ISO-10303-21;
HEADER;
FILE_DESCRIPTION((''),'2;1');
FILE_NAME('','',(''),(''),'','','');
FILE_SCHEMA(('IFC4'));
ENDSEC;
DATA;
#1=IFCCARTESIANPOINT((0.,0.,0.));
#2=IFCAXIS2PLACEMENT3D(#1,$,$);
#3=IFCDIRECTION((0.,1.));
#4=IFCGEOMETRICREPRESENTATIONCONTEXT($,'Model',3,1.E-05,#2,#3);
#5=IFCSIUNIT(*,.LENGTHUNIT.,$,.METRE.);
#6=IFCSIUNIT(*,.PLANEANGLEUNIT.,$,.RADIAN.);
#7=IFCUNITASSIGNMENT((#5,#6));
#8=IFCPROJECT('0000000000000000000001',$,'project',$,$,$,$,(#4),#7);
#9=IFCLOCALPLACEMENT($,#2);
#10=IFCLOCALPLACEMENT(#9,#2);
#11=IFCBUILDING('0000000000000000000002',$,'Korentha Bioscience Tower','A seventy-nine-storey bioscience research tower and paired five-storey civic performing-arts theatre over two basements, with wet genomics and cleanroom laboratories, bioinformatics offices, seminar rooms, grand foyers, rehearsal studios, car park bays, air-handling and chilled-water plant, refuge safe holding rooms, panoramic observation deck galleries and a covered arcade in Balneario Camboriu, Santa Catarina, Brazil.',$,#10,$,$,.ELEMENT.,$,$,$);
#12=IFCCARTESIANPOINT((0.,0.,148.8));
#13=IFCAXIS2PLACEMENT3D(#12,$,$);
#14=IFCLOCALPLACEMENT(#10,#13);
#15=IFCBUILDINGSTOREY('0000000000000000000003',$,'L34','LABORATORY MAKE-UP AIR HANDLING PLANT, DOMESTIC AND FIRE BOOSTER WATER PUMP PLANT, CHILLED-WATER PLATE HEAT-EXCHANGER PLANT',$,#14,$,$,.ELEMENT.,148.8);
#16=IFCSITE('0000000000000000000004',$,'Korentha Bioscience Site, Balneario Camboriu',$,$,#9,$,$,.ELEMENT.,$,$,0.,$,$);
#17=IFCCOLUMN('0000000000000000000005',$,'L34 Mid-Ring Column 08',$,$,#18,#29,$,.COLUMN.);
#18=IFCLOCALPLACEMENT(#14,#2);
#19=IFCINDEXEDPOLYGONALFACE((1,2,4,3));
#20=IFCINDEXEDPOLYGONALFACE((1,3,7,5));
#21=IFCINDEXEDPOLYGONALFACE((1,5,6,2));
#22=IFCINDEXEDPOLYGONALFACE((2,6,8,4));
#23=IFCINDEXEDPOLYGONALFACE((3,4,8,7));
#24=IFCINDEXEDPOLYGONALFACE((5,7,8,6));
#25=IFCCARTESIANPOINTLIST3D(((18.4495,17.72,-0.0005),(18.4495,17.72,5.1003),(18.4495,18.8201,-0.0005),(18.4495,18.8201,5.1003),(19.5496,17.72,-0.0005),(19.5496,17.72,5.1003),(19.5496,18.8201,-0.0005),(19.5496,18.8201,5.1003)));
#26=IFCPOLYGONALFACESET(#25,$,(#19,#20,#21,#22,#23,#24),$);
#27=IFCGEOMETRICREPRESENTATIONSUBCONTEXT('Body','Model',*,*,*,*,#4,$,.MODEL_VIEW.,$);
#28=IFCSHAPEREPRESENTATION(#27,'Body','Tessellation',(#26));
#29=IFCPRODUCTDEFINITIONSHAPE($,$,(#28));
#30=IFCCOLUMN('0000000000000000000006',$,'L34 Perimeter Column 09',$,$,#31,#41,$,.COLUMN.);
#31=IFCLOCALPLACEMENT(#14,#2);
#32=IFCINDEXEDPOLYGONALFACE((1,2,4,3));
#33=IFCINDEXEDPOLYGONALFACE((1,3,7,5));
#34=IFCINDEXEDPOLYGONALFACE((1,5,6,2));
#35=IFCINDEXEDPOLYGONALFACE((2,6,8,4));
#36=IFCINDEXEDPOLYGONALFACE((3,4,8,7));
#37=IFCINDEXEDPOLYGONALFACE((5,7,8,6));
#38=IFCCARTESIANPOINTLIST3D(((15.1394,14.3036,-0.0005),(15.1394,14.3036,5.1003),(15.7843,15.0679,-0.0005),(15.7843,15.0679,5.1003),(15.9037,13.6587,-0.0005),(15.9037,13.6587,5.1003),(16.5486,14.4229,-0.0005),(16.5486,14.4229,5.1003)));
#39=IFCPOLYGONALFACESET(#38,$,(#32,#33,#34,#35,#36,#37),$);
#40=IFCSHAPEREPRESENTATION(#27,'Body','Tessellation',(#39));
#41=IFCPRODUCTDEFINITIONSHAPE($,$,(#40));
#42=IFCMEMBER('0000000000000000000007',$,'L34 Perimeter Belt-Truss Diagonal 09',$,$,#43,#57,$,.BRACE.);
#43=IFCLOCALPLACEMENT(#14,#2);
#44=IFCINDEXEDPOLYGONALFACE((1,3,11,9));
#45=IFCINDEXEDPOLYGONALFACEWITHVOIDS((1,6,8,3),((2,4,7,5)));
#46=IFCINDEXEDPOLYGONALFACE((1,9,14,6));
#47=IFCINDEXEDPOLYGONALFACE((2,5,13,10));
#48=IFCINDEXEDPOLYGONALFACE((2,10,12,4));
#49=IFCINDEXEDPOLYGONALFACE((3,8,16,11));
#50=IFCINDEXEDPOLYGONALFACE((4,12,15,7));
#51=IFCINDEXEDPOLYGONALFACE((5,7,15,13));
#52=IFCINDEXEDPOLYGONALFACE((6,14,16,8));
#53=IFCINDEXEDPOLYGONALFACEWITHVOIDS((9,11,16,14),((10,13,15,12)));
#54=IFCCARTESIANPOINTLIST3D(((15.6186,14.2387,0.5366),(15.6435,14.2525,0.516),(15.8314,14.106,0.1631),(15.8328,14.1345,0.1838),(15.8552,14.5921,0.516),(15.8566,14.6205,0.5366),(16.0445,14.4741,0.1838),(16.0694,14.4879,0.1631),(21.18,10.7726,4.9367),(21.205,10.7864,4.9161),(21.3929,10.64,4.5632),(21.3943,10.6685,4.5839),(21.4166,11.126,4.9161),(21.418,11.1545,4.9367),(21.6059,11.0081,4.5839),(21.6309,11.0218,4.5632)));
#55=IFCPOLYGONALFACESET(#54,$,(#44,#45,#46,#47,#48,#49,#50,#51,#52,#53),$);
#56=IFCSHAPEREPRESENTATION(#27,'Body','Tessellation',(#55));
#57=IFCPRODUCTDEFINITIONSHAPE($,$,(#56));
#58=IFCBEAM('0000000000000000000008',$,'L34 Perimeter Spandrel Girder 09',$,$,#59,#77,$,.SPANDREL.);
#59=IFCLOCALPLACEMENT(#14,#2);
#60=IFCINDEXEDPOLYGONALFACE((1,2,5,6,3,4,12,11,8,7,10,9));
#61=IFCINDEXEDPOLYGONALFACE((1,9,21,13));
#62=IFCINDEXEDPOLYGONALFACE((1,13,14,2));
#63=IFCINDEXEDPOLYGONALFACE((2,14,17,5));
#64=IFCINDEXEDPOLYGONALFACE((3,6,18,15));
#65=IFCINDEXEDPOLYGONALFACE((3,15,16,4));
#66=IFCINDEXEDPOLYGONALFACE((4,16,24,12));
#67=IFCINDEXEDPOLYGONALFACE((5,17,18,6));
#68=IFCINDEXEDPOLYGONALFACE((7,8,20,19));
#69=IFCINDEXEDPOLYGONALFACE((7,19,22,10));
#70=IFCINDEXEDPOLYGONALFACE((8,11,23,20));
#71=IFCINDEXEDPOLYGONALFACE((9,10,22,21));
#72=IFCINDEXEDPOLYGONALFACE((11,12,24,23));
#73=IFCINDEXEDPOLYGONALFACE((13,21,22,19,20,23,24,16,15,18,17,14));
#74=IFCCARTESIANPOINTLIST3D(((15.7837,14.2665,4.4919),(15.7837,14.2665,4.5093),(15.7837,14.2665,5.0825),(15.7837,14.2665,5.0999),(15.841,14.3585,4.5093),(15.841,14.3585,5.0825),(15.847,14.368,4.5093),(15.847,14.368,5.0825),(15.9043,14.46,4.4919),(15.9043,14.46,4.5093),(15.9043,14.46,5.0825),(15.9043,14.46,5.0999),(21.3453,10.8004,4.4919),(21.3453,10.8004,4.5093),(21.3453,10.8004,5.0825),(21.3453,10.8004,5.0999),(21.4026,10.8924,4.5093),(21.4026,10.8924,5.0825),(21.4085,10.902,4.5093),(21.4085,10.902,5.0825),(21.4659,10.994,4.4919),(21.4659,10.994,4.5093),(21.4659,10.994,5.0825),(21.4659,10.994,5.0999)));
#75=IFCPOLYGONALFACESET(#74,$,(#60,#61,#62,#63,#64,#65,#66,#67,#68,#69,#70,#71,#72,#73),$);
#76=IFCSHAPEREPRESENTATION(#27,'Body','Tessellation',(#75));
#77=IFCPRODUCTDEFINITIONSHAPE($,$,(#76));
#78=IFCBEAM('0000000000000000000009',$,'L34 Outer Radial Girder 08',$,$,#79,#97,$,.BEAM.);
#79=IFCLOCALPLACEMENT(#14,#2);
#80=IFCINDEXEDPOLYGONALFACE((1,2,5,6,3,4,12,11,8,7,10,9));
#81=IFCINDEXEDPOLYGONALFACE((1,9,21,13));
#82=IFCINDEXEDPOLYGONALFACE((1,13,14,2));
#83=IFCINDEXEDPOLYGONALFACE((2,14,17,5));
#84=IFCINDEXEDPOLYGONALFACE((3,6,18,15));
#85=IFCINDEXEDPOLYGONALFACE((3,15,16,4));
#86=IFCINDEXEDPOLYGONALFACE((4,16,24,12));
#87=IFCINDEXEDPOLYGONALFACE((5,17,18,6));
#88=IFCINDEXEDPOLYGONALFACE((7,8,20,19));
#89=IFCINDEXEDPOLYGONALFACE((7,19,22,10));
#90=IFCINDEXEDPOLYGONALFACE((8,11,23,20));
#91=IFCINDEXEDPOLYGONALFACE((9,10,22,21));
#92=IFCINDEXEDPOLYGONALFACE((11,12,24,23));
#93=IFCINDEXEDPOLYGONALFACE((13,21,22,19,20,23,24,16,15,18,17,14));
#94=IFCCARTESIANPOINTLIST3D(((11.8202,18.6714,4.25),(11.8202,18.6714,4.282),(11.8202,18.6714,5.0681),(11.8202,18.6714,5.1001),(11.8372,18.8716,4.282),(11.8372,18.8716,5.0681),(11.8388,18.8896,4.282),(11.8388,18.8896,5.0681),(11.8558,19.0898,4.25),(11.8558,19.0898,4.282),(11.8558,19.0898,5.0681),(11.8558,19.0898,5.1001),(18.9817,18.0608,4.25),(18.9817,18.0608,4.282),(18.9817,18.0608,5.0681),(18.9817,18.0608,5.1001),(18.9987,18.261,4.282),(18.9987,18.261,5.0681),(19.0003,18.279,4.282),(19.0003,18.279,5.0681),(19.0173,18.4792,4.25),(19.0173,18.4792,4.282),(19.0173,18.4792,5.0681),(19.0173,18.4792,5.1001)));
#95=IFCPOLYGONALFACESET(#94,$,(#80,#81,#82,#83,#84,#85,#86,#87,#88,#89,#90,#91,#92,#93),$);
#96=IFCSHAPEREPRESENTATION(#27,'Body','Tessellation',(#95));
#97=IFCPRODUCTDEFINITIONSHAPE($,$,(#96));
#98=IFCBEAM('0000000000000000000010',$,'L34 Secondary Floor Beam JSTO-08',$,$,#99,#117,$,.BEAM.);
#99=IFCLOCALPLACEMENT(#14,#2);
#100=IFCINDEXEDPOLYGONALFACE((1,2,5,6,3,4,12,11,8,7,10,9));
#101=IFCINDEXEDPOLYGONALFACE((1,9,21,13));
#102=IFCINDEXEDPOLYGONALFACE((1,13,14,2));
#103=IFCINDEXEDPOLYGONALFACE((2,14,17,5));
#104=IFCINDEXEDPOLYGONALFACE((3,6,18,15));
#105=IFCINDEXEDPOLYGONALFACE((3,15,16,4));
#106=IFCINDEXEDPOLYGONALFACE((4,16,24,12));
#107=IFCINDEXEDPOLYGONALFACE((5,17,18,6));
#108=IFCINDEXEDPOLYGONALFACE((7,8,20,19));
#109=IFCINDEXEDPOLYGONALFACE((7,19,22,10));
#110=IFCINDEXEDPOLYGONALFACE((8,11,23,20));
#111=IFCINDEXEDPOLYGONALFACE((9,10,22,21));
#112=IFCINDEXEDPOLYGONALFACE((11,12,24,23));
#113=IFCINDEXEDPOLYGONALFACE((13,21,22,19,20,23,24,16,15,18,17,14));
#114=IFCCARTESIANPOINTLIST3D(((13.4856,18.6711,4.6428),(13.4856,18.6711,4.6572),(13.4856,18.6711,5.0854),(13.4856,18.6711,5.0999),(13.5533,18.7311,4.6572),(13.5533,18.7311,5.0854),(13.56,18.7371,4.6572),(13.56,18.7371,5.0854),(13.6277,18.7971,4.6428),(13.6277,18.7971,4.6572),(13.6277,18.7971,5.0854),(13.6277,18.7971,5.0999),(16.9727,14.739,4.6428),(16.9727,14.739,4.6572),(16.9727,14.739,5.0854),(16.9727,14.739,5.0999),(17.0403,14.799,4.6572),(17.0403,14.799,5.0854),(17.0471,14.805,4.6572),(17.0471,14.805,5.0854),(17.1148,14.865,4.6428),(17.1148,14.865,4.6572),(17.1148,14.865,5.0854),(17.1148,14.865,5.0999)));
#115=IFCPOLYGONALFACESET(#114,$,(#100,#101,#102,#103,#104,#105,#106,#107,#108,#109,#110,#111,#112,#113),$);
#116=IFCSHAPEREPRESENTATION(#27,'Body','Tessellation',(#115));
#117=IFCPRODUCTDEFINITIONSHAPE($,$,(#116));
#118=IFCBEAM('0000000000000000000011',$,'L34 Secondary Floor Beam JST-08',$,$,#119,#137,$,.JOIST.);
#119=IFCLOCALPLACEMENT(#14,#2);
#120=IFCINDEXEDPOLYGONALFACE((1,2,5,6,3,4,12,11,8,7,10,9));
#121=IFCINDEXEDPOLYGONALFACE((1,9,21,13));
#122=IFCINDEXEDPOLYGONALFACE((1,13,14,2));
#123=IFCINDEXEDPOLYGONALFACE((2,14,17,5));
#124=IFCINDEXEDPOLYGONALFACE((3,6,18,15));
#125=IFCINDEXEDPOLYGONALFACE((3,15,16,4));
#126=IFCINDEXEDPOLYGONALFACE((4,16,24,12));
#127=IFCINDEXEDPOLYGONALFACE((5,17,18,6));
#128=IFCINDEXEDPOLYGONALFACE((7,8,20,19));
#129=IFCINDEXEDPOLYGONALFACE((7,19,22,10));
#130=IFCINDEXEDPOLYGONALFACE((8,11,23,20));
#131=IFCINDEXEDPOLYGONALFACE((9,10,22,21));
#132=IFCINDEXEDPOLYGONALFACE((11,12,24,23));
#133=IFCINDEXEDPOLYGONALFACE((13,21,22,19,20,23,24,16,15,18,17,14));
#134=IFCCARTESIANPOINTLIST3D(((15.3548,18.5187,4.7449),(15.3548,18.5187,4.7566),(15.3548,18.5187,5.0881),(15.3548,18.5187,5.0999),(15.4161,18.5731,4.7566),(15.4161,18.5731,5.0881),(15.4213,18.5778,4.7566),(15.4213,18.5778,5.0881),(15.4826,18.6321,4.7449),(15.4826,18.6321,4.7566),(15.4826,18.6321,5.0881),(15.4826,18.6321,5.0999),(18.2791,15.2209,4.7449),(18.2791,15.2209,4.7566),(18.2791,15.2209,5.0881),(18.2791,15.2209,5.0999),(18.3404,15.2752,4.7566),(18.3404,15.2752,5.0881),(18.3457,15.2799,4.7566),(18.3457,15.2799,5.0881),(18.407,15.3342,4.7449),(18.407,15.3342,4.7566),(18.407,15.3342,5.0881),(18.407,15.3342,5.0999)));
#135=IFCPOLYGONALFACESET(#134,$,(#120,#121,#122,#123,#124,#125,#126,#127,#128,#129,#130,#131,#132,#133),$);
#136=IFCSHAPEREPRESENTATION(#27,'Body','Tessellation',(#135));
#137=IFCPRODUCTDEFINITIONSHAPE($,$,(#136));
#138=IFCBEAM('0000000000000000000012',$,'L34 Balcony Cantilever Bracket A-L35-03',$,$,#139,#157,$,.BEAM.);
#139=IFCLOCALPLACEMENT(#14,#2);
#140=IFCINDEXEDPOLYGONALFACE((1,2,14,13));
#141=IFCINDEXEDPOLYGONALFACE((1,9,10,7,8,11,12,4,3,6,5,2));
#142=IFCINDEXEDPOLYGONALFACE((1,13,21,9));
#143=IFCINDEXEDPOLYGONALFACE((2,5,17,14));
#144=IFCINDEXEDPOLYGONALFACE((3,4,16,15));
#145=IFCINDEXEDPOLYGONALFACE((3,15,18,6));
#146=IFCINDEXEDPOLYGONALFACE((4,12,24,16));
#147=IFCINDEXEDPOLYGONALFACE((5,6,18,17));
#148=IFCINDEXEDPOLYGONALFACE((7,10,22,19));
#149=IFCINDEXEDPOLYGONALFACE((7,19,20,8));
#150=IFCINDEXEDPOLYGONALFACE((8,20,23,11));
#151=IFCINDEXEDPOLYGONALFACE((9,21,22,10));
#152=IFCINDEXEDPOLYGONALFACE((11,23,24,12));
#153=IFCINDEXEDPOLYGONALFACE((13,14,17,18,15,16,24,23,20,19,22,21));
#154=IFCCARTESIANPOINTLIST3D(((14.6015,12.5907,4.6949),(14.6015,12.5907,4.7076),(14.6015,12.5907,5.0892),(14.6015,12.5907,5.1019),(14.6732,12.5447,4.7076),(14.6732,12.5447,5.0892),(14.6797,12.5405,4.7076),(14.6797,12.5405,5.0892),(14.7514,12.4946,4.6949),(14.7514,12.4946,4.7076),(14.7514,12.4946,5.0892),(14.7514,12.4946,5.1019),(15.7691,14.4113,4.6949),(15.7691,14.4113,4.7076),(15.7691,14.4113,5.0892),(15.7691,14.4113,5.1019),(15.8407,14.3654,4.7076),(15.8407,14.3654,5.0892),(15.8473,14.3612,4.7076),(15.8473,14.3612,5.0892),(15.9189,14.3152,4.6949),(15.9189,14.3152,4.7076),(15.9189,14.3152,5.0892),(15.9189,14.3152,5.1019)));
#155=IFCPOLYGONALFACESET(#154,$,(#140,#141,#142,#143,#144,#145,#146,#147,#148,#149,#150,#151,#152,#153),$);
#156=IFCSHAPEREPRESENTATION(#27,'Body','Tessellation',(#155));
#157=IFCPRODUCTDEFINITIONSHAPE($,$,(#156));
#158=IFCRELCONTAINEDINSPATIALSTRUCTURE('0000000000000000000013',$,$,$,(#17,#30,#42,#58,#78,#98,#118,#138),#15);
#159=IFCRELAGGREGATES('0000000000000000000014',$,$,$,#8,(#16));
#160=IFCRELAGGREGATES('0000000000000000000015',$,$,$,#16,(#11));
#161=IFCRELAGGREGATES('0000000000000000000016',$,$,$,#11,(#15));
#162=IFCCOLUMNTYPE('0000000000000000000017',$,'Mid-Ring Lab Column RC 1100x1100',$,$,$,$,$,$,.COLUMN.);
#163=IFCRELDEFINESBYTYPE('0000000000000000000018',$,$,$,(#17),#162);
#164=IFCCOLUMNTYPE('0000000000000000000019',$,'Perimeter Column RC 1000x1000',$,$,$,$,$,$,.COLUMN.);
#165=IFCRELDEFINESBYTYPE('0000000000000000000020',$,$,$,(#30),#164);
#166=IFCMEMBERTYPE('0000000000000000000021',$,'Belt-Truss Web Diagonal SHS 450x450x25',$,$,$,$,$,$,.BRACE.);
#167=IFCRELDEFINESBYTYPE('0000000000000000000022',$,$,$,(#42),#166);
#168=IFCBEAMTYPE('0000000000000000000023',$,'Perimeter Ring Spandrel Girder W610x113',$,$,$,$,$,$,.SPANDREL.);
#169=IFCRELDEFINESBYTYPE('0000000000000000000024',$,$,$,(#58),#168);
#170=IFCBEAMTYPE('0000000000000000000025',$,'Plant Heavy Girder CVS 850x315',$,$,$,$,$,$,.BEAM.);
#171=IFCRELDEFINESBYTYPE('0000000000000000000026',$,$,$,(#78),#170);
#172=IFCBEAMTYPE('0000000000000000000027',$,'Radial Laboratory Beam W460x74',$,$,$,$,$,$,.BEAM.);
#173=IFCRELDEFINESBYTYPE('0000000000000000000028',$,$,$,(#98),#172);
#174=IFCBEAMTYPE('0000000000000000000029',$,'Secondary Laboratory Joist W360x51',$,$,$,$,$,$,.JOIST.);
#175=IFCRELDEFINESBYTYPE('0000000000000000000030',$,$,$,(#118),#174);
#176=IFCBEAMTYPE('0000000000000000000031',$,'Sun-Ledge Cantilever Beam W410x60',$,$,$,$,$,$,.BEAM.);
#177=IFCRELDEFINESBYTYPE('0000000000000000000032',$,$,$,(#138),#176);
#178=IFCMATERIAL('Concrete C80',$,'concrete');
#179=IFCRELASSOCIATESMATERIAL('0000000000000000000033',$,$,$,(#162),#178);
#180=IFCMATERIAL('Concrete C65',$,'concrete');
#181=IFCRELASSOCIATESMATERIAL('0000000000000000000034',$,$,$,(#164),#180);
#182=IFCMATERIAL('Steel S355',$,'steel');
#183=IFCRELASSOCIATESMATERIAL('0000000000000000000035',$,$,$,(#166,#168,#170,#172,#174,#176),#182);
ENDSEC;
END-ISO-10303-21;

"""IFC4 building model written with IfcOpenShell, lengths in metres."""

from ifc_helpers import new_model, si_unit, direction, frame, origin, origin_2d, place, context, subcontext, project, spatial, rectangle, hollow_rectangle, i_section, extrude, material, material_profile, profile_set, type_object, element, save


model = new_model("IFC4")

# Units and contexts
model_context = context("Model", 3, precision=1e-05, world=origin(), true_north=direction((0.0, 1.0)))
body_context = subcontext(model_context, "Body", "Model", "MODEL_VIEW")
ifc_project = project(units=[si_unit("LENGTHUNIT", "METRE"), si_unit("PLANEANGLEUNIT", "RADIAN")], contexts=[model_context])

# Site, building, storey
site_placement = place(None, origin())
site = spatial("IfcSite", under=ifc_project, at=site_placement, Name="Korentha Bioscience Site, Balneario Camboriu", CompositionType="ELEMENT", RefElevation=0.0)
building_placement = place(site_placement, origin())
building = spatial("IfcBuilding", under=site, at=building_placement, Name="Korentha Bioscience Tower", Description="A seventy-nine-storey bioscience research tower and paired five-storey civic performing-arts theatre over two basements, with wet genomics and cleanroom laboratories, bioinformatics offices, seminar rooms, grand foyers, rehearsal studios, car park bays, air-handling and chilled-water plant, refuge safe holding rooms, panoramic observation deck galleries and a covered arcade in Balneario Camboriu, Santa Catarina, Brazil.", CompositionType="ELEMENT")
storey_placement = place(building_placement, frame((0.0, 0.0, 148.8)))
storey = spatial("IfcBuildingStorey", under=building, at=storey_placement, Name="L34", Description="LABORATORY MAKE-UP AIR HANDLING PLANT, DOMESTIC AND FIRE BOOSTER WATER PUMP PLANT, CHILLED-WATER PLATE HEAT-EXCHANGER PLANT", CompositionType="ELEMENT", Elevation=148.8)

# Columns
ifc_material_1 = material(Name="Concrete C80", Category="concrete")
ifc_material_profile_1 = material_profile(ifc_material_1, rectangle(XDim=1.1001, YDim=1.1001, at=origin_2d()), Name="Concrete C80")
ifc_profile_set_1 = profile_set([ifc_material_profile_1], Name="Concrete C80 (COL-MR11)")
column_type_1 = type_object("IfcColumnType", Name="Mid-Ring Lab Column RC 1100x1100", PredefinedType="COLUMN", material=ifc_profile_set_1)
column_1_placement = place(storey_placement, frame((18.9995, 18.27, -0.0005), z_axis=(0.0, 0.0, 1.0), x_axis=(1.0, 0.0, 0.0)))
element("IfcColumn", 1, at=column_1_placement, inside=storey, type_object=column_type_1, Name="L34 Mid-Ring Column 08", PredefinedType="COLUMN", context=body_context, shape_type="SweptSolid", body=[
    extrude(rectangle(XDim=1.1001, YDim=1.1001, at=origin_2d()), origin(), (0.0, 0.0, 1.0), 5.1008),
])
ifc_material_2 = material(Name="Concrete C65", Category="concrete")
ifc_material_profile_2 = material_profile(ifc_material_2, rectangle(XDim=1.0, YDim=1.0, at=origin_2d()), Name="Concrete C65")
ifc_profile_set_2 = profile_set([ifc_material_profile_2], Name="Concrete C65 (COL-P10)")
column_type_2 = type_object("IfcColumnType", Name="Perimeter Column RC 1000x1000", PredefinedType="COLUMN", material=ifc_profile_set_2)
column_2_placement = place(storey_placement, frame((15.844, 14.3633, -0.0005), z_axis=(0.0, 0.0, 1.0), x_axis=(-0.764246, 0.644924, 0.0)))
element("IfcColumn", 2, at=column_2_placement, inside=storey, type_object=column_type_2, Name="L34 Perimeter Column 09", PredefinedType="COLUMN", context=body_context, shape_type="SweptSolid", body=[
    extrude(rectangle(XDim=1.0, YDim=1.0, at=origin_2d()), origin(), (0.0, 0.0, 1.0), 5.1008),
])

# Member
ifc_material_3 = material(Name="Steel S355", Category="steel")
ifc_material_profile_3 = material_profile(ifc_material_3, hollow_rectangle(XDim=0.45, YDim=0.45, WallThickness=0.0249, at=origin_2d()), Name="Steel S355")
ifc_profile_set_3 = profile_set([ifc_material_profile_3], Name="Steel S355 (BT-D450)")
member_type = type_object("IfcMemberType", Name="Belt-Truss Web Diagonal SHS 450x450x25", PredefinedType="BRACE", material=ifc_profile_set_3)
member_placement = place(storey_placement, frame((15.844, 14.3633, 0.3499), z_axis=(0.704581, -0.43911, 0.557448), x_axis=(0.528913, 0.848676, 0.0)))
element("IfcMember", 3, at=member_placement, inside=storey, type_object=member_type, Name="L34 Perimeter Belt-Truss Diagonal 09", PredefinedType="BRACE", context=body_context, shape_type="SweptSolid", body=[
    extrude(hollow_rectangle(XDim=0.45, YDim=0.45, WallThickness=0.0249, at=origin_2d()), origin(), (0.0, 0.0, 1.0), 7.8933),
])

# Beams
ifc_material_profile_4 = material_profile(ifc_material_3, i_section(OverallWidth=0.228, OverallDepth=0.6079, WebThickness=0.0112, FlangeThickness=0.0173, at=origin_2d()), Name="Steel S355")
ifc_profile_set_4 = profile_set([ifc_material_profile_4], Name="Steel S355 (SB-610)")
beam_type_1 = type_object("IfcBeamType", Name="Perimeter Ring Spandrel Girder W610x113", PredefinedType="SPANDREL", material=ifc_profile_set_4)
beam_1_placement = place(storey_placement, frame((15.844, 14.3633, 4.7959), z_axis=(0.848676, -0.528913, 0.0), x_axis=(0.528913, 0.848676, 0.0)))
element("IfcBeam", 4, at=beam_1_placement, inside=storey, type_object=beam_type_1, Name="L34 Perimeter Spandrel Girder 09", PredefinedType="SPANDREL", context=body_context, shape_type="SweptSolid", body=[
    extrude(i_section(OverallWidth=0.228, OverallDepth=0.6079, WebThickness=0.0112, FlangeThickness=0.0173, at=origin_2d()), origin(), (0.0, 0.0, 1.0), 6.5532),
])
ifc_material_profile_5 = material_profile(ifc_material_3, i_section(OverallWidth=0.4199, OverallDepth=0.8501, WebThickness=0.0181, FlangeThickness=0.032, at=origin_2d()), Name="Steel S355")
ifc_profile_set_5 = profile_set([ifc_material_profile_5], Name="Steel S355 (MB-850)")
beam_type_2 = type_object("IfcBeamType", Name="Plant Heavy Girder CVS 850x315", PredefinedType="BEAM", material=ifc_profile_set_5)
beam_2_placement = place(storey_placement, frame((18.9995, 18.27, 4.675), z_axis=(-0.996385, 0.084951, 0.0), x_axis=(-0.084951, -0.996385, 0.0)))
element("IfcBeam", 5, at=beam_2_placement, inside=storey, type_object=beam_type_2, Name="L34 Outer Radial Girder 08", PredefinedType="BEAM", context=body_context, shape_type="SweptSolid", body=[
    extrude(i_section(OverallWidth=0.4199, OverallDepth=0.8501, WebThickness=0.0181, FlangeThickness=0.032, at=origin_2d()), origin(), (0.0, 0.0, 1.0), 7.1875),
])
ifc_material_profile_6 = material_profile(ifc_material_3, i_section(OverallWidth=0.1899, OverallDepth=0.457, WebThickness=0.009, FlangeThickness=0.0144, at=origin_2d()), Name="Steel S355")
ifc_profile_set_6 = profile_set([ifc_material_profile_6], Name="Steel S355 (RB-460)")
beam_type_3 = type_object("IfcBeamType", Name="Radial Laboratory Beam W460x74", PredefinedType="BEAM", material=ifc_profile_set_6)
beam_3_placement = place(storey_placement, frame((13.5566, 18.7341, 4.8713), z_axis=(0.663496, -0.74818, 0.0), x_axis=(0.74818, 0.663496, 0.0)))
element("IfcBeam", 6, at=beam_3_placement, inside=storey, type_object=beam_type_3, Name="L34 Secondary Floor Beam JSTO-08", PredefinedType="BEAM", context=body_context, shape_type="SweptSolid", body=[
    extrude(i_section(OverallWidth=0.1899, OverallDepth=0.457, WebThickness=0.009, FlangeThickness=0.0144, at=origin_2d()), origin(), (0.0, 0.0, 1.0), 5.2556),
])
ifc_material_profile_7 = material_profile(ifc_material_3, i_section(OverallWidth=0.1709, OverallDepth=0.355, WebThickness=0.0071, FlangeThickness=0.0117, at=origin_2d()), Name="Steel S355")
ifc_profile_set_7 = profile_set([ifc_material_profile_7], Name="Steel S355 (JB-360)")
beam_type_4 = type_object("IfcBeamType", Name="Secondary Laboratory Joist W360x51", PredefinedType="JOIST", material=ifc_profile_set_7)
beam_4_placement = place(storey_placement, frame((15.4187, 18.5754, 4.9224), z_axis=(0.663463, -0.748209, 0.0), x_axis=(0.748209, 0.663463, 0.0)))
element("IfcBeam", 7, at=beam_4_placement, inside=storey, type_object=beam_type_4, Name="L34 Secondary Floor Beam JST-08", PredefinedType="JOIST", context=body_context, shape_type="SweptSolid", body=[
    extrude(i_section(OverallWidth=0.1709, OverallDepth=0.355, WebThickness=0.0071, FlangeThickness=0.0117, at=origin_2d()), origin(), (0.0, 0.0, 1.0), 4.4077),
])
ifc_material_profile_8 = material_profile(ifc_material_3, i_section(OverallWidth=0.178, OverallDepth=0.407, WebThickness=0.0078, FlangeThickness=0.0127, at=origin_2d()), Name="Steel S355")
ifc_profile_set_8 = profile_set([ifc_material_profile_8], Name="Steel S355 (CB-410)")
beam_type_5 = type_object("IfcBeamType", Name="Sun-Ledge Cantilever Beam W410x60", PredefinedType="BEAM", material=ifc_profile_set_8)
beam_5_placement = place(storey_placement, frame((15.844, 14.3633, 4.8984), z_axis=(-0.539816, -0.841783, 0.0), x_axis=(0.841783, -0.539816, 0.0)))
element("IfcBeam", 8, at=beam_5_placement, inside=storey, type_object=beam_type_5, Name="L34 Balcony Cantilever Bracket A-L35-03", PredefinedType="BEAM", context=body_context, shape_type="SweptSolid", body=[
    extrude(i_section(OverallWidth=0.178, OverallDepth=0.407, WebThickness=0.0078, FlangeThickness=0.0127, at=origin_2d()), origin(), (0.0, 0.0, 1.0), 2.1628),
])

save(model, "model.ifc")
